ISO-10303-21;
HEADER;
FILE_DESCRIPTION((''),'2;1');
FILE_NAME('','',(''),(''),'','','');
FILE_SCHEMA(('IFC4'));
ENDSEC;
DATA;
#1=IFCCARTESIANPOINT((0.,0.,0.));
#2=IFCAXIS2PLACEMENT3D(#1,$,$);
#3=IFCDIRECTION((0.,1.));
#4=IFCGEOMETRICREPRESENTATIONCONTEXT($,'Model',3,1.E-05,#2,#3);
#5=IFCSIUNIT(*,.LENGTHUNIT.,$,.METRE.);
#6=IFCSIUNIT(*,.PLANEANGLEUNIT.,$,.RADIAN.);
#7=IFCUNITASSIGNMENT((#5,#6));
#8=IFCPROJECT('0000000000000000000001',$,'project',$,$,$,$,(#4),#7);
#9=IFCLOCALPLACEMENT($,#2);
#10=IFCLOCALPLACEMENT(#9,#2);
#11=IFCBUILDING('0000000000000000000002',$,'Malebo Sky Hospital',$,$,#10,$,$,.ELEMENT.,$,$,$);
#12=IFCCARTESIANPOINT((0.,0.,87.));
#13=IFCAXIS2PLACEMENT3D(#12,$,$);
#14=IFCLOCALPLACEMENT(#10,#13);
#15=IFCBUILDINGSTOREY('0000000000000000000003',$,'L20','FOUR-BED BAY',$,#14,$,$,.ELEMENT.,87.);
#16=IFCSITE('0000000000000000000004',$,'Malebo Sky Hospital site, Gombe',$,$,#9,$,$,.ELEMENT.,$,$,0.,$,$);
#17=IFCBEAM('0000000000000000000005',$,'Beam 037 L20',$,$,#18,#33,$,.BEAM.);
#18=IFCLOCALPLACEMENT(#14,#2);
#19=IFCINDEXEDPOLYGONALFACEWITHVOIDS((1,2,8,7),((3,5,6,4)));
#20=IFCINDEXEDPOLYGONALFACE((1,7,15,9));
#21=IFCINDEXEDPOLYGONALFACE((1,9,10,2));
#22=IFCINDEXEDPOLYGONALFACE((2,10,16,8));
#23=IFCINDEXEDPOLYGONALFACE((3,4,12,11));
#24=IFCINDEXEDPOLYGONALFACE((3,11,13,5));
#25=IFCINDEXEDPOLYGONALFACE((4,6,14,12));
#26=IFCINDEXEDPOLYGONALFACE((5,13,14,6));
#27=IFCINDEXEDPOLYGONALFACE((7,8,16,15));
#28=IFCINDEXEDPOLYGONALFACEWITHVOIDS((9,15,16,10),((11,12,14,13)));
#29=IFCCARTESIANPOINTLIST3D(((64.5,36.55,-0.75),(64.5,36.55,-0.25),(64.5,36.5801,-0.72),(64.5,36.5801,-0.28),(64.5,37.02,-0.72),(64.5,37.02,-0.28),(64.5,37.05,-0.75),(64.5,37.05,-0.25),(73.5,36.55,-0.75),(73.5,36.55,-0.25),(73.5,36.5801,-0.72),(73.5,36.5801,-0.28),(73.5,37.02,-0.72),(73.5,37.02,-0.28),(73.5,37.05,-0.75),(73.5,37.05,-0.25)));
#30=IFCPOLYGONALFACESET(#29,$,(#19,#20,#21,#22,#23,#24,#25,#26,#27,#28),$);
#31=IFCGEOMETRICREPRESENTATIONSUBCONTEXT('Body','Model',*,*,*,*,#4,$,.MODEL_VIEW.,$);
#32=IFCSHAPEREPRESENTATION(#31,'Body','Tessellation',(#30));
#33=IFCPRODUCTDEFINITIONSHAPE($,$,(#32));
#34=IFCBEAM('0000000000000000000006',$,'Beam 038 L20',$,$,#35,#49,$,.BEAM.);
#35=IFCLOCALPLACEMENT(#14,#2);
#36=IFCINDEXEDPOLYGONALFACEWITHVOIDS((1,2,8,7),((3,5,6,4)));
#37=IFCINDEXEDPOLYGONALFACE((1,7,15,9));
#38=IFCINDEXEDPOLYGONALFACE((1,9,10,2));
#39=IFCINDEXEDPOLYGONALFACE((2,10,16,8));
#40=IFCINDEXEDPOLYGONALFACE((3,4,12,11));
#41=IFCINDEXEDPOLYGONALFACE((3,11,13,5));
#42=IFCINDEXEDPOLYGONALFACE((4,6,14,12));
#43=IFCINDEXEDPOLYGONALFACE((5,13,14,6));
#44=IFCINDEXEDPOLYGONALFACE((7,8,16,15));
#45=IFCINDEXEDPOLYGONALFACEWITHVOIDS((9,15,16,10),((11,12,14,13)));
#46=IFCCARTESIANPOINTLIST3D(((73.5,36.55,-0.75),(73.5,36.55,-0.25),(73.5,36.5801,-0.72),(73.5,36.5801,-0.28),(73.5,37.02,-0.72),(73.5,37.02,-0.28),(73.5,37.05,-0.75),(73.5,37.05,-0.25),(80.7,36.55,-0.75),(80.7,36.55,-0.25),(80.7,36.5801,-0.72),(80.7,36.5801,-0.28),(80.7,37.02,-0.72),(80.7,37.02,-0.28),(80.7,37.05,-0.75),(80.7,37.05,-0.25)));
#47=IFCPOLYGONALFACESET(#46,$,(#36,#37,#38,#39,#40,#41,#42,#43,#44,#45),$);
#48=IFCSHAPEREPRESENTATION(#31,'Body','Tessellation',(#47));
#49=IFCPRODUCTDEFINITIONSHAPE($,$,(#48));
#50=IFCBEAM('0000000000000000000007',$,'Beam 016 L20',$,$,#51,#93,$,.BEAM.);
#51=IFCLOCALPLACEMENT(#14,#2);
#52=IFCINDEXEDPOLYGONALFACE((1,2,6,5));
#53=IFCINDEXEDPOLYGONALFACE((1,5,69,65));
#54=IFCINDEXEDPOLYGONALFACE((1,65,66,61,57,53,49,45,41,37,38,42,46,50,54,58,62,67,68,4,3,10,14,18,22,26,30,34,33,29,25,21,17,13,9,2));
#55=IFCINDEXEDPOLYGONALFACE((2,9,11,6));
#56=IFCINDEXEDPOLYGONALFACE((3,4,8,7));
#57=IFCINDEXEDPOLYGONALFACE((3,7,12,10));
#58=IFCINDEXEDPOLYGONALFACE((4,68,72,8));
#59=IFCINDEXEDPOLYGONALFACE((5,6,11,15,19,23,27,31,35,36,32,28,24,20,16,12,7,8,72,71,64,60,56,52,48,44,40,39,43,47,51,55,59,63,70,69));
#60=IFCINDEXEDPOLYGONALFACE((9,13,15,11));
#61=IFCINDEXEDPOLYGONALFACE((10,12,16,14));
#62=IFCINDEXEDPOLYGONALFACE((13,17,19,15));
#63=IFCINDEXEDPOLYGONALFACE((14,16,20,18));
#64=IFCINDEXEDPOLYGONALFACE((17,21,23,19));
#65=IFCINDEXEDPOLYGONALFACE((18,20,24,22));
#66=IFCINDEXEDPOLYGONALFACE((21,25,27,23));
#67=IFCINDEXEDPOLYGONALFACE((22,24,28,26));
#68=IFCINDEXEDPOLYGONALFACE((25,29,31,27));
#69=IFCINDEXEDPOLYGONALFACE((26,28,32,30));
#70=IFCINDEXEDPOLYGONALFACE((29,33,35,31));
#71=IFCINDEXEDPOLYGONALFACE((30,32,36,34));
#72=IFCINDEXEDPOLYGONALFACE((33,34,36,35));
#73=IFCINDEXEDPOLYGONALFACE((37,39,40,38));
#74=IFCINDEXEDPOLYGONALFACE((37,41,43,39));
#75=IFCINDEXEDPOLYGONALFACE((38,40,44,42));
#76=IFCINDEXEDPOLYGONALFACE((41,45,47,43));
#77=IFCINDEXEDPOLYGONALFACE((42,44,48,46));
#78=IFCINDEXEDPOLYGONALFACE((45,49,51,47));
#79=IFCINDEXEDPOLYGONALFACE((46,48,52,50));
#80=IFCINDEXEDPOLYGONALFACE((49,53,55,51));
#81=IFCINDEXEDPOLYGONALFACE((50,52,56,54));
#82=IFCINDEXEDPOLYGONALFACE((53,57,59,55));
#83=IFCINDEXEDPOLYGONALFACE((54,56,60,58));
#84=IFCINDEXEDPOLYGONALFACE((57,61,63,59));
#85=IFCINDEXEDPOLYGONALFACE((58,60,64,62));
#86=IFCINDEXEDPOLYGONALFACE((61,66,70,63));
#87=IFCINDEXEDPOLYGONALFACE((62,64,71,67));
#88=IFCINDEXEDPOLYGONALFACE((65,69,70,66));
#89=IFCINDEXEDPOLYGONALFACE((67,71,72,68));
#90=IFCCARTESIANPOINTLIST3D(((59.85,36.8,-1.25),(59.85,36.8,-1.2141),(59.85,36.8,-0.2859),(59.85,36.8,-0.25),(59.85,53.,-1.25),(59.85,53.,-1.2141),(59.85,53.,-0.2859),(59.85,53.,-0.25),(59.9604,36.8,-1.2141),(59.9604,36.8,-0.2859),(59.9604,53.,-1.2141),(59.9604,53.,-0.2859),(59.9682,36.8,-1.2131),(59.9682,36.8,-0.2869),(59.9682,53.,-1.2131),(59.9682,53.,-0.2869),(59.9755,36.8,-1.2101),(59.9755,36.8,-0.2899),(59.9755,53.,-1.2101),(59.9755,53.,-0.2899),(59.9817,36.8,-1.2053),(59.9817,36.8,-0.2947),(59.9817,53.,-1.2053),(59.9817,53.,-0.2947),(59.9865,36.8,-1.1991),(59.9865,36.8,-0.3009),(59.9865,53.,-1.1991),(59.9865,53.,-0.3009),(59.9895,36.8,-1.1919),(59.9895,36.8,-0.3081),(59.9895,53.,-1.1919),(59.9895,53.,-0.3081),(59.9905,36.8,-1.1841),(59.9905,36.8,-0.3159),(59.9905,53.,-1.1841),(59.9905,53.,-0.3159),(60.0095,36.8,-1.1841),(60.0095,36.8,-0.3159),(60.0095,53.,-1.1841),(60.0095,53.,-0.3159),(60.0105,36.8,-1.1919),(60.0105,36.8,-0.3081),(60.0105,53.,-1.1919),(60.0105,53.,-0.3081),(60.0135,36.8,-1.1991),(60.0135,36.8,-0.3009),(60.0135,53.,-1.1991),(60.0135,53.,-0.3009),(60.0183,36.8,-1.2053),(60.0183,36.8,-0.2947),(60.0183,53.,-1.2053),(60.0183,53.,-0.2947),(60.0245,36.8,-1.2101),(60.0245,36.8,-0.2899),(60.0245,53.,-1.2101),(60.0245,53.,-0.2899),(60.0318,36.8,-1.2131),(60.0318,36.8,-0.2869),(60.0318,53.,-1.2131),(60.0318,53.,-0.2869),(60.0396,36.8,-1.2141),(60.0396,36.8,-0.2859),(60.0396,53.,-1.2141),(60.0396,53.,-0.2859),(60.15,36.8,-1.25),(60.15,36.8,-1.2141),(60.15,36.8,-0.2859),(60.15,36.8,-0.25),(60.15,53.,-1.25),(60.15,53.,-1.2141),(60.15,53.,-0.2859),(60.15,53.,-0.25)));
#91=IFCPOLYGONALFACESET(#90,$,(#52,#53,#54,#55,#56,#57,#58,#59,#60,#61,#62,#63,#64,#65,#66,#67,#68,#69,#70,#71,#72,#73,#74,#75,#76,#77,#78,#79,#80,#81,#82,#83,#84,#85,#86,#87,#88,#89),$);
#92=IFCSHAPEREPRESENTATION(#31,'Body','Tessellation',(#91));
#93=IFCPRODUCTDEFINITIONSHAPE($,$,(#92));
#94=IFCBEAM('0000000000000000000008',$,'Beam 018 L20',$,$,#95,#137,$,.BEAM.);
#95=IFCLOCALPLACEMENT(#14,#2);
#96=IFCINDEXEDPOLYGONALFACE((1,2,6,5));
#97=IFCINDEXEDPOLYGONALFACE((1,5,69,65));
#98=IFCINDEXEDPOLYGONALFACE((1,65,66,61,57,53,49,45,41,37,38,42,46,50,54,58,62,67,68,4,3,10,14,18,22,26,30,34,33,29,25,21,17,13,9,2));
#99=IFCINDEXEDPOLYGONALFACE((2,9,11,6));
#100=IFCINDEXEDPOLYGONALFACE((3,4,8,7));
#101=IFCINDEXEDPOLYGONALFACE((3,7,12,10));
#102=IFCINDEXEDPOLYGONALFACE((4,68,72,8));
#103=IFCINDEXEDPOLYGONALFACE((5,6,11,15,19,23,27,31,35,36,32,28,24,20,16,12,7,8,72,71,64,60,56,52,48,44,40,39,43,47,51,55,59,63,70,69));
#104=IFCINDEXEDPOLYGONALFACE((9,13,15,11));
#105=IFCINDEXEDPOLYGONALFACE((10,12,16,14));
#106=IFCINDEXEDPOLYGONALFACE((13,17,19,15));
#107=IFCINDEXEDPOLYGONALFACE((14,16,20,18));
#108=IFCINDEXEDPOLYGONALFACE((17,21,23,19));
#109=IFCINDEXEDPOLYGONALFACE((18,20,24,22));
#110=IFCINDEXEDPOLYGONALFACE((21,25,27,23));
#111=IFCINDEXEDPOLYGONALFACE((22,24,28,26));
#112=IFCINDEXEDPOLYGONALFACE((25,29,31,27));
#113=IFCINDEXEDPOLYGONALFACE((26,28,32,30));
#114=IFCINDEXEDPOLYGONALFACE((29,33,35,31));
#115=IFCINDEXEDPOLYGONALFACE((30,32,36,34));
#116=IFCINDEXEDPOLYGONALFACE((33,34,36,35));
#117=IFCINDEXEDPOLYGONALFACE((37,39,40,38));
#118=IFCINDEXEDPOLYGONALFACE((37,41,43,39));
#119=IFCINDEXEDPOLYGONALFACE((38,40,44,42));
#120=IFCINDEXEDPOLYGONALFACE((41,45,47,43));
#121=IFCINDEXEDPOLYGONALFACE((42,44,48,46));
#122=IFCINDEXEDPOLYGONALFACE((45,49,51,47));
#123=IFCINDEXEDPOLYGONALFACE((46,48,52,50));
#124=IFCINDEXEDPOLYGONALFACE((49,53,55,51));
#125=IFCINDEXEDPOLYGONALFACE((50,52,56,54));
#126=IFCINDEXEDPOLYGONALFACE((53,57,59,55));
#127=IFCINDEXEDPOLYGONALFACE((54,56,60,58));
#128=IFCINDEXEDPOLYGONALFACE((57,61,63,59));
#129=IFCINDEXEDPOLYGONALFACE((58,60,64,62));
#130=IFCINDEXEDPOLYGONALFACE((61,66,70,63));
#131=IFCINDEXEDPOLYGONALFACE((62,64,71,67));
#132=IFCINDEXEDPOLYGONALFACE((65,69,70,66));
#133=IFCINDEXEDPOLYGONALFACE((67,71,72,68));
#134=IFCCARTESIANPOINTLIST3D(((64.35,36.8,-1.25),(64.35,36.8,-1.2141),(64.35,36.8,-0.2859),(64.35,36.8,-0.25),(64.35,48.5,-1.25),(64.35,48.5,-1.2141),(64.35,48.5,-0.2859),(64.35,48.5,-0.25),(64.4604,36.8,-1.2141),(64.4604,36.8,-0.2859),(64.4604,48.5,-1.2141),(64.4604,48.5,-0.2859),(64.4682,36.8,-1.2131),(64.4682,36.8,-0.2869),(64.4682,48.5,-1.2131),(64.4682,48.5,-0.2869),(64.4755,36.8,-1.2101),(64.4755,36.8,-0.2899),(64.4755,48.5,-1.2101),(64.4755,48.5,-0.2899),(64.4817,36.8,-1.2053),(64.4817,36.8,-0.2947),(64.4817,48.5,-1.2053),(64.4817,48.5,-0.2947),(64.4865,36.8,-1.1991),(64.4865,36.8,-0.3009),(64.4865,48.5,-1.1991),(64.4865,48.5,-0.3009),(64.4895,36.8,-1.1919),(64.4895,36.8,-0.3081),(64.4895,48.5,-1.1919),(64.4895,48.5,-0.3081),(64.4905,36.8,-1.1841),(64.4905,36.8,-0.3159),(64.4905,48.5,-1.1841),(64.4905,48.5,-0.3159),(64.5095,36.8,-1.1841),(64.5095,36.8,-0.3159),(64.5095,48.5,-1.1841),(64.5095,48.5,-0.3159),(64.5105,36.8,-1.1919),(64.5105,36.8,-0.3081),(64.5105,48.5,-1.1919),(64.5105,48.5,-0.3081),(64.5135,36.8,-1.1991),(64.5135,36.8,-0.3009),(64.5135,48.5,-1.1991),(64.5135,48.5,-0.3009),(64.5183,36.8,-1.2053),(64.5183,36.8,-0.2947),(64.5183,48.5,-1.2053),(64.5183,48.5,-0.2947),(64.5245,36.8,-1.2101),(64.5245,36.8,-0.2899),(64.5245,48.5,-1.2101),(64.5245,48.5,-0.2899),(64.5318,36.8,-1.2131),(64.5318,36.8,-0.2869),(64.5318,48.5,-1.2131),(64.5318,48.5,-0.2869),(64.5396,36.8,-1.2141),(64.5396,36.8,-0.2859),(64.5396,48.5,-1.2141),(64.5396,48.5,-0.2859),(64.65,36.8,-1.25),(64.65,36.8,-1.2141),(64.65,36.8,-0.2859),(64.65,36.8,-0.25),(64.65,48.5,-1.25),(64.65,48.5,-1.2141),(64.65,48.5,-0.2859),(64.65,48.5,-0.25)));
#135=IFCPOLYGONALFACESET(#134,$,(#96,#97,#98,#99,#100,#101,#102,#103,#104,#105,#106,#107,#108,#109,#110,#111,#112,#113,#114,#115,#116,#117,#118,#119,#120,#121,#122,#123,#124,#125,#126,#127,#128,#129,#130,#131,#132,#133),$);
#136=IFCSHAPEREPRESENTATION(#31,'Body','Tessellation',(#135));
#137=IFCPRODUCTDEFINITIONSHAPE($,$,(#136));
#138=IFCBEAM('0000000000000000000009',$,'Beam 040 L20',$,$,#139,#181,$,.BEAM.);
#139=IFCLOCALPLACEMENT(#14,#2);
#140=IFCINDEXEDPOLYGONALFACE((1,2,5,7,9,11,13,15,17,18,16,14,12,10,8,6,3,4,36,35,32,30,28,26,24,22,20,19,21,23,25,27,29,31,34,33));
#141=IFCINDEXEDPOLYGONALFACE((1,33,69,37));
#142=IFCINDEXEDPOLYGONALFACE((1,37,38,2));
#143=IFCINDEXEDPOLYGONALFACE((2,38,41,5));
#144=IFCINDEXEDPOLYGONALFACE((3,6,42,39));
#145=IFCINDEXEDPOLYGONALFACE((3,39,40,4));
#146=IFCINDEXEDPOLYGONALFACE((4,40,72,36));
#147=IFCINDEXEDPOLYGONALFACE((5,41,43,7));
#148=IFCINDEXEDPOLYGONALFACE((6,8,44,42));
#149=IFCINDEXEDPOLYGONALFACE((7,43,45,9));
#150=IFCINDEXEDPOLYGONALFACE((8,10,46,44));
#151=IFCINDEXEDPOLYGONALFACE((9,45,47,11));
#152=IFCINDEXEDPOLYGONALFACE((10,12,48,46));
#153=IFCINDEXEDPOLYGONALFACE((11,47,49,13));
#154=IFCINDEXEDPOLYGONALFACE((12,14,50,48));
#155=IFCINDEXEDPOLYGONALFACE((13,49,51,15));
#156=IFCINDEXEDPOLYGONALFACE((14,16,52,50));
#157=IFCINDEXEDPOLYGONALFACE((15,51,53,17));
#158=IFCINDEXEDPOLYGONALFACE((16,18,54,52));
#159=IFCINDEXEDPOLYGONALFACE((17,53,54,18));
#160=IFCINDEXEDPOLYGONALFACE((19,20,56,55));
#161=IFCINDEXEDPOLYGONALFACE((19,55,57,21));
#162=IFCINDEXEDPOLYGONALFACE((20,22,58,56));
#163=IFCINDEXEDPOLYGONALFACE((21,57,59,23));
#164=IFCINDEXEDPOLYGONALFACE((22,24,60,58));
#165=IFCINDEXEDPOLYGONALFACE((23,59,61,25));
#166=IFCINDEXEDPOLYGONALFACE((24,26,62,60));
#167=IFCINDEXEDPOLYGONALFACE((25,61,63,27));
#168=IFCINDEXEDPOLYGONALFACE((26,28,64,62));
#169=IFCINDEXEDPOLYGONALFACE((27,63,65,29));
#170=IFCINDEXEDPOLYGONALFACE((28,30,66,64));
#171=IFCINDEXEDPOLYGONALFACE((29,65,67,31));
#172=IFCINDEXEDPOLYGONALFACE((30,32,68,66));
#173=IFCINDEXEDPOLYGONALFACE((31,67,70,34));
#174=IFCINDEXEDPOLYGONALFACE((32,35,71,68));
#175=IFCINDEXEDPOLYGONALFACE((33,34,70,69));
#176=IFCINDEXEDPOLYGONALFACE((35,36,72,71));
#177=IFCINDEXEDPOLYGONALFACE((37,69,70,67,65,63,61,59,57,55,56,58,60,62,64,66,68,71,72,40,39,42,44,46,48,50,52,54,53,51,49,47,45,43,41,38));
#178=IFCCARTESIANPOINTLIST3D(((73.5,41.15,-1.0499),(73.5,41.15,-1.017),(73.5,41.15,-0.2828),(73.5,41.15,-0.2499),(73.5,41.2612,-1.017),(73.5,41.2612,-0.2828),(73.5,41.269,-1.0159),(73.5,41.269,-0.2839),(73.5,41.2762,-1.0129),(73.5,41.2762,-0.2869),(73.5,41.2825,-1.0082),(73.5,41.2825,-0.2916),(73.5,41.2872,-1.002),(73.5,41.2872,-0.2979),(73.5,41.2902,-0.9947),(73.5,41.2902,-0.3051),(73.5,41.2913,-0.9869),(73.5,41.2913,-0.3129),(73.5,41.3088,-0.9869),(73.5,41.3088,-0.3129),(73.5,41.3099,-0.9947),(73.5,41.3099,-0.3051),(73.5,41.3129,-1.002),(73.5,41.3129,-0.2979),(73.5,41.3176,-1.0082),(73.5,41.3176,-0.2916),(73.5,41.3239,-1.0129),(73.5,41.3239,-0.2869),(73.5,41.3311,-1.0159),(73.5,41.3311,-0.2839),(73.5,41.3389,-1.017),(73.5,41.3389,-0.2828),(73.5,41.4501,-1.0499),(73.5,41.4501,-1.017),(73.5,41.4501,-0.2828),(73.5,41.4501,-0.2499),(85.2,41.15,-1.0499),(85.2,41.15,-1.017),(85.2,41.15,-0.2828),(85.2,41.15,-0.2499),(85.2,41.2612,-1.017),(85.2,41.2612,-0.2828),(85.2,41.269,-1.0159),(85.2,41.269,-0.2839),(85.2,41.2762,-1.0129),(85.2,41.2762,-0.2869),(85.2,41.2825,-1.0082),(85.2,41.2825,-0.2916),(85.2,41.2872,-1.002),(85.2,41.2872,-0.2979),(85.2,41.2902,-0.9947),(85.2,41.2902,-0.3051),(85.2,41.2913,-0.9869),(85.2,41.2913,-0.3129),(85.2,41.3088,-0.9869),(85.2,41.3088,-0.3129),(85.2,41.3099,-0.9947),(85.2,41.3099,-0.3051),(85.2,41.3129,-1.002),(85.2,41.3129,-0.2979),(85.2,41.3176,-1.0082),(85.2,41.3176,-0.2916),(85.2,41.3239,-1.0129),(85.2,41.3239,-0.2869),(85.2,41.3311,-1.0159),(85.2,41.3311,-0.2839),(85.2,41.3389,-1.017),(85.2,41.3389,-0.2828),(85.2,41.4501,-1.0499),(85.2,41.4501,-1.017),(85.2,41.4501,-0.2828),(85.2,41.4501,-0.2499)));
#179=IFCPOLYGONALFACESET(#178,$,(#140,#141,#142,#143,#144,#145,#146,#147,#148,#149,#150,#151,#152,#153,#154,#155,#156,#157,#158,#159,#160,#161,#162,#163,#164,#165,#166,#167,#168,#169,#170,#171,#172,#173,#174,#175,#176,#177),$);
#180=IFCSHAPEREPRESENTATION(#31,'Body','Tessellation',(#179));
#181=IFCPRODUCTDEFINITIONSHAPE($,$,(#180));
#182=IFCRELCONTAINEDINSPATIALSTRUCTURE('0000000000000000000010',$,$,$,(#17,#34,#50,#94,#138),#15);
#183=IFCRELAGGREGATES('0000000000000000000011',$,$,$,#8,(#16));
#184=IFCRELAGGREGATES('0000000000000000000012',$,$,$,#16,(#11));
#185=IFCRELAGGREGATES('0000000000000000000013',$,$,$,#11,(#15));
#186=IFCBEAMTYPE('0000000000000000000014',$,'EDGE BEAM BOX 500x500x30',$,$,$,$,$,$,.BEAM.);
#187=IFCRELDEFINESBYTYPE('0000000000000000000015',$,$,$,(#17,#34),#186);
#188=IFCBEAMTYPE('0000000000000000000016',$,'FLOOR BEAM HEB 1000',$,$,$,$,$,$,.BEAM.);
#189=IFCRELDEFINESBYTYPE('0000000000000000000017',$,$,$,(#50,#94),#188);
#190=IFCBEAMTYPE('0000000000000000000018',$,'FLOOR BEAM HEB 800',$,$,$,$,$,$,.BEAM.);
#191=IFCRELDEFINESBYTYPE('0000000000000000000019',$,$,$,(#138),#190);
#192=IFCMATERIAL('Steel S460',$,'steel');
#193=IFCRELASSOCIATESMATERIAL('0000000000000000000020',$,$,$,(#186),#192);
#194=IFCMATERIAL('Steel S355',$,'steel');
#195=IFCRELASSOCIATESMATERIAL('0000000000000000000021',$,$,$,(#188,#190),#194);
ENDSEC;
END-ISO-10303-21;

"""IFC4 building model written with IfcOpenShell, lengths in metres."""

from ifc_helpers import new_model, si_unit, direction, frame, origin, origin_2d, place, context, subcontext, project, spatial, hollow_rectangle, i_section, extrude, material, material_profile, profile_set, type_object, element, save


model = new_model("IFC4")

# Units and contexts
model_context = context("Model", 3, precision=1e-05, world=origin(), true_north=direction((0.0, 1.0)))
body_context = subcontext(model_context, "Body", "Model", "MODEL_VIEW")
ifc_project = project(units=[si_unit("LENGTHUNIT", "METRE"), si_unit("PLANEANGLEUNIT", "RADIAN")], contexts=[model_context])

# Site, building, storey
site_placement = place(None, origin())
site = spatial("IfcSite", under=ifc_project, at=site_placement, Name="Malebo Sky Hospital site, Gombe", CompositionType="ELEMENT", RefElevation=0.0)
building_placement = place(site_placement, origin())
building = spatial("IfcBuilding", under=site, at=building_placement, Name="Malebo Sky Hospital", CompositionType="ELEMENT")
storey_placement = place(building_placement, frame((0.0, 0.0, 87.0)))
storey = spatial("IfcBuildingStorey", under=building, at=storey_placement, Name="L20", Description="FOUR-BED BAY", CompositionType="ELEMENT", Elevation=87.0)

# Shared definitions
ifc_material_1 = material(Name="Steel S460", Category="steel")

# Shared definitions
ifc_material_2 = material(Name="Steel S355", Category="steel")

# Beams
ifc_material_profile_1 = material_profile(ifc_material_1, hollow_rectangle(XDim=0.5, YDim=0.5, WallThickness=0.03, at=origin_2d()), Name="BOX 500x500x30")
ifc_profile_set_1 = profile_set([ifc_material_profile_1], Name="Steel S460")
beam_type_1 = type_object("IfcBeamType", Name="EDGE BEAM BOX 500x500x30", PredefinedType="BEAM", material=ifc_profile_set_1)
beam_1_placement = place(storey_placement, frame((64.5, 36.8, -0.5), z_axis=(1.0, 0.0, 0.0), x_axis=(0.0, 1.0, 0.0)))
element("IfcBeam", 1, at=beam_1_placement, inside=storey, type_object=beam_type_1, Name="Beam 037 L20", PredefinedType="BEAM", context=body_context, shape_type="SweptSolid", body=[
    extrude(hollow_rectangle(XDim=0.5, YDim=0.5, WallThickness=0.03, at=origin_2d()), origin(), (0.0, 0.0, 1.0), 9.0),
])
beam_2_placement = place(storey_placement, frame((73.5, 36.8, -0.5), z_axis=(1.0, 0.0, 0.0), x_axis=(0.0, 1.0, 0.0)))
element("IfcBeam", 2, at=beam_2_placement, inside=storey, type_object=beam_type_1, Name="Beam 038 L20", PredefinedType="BEAM", context=body_context, shape_type="SweptSolid", body=[
    extrude(hollow_rectangle(XDim=0.5, YDim=0.5, WallThickness=0.03, at=origin_2d()), origin(), (0.0, 0.0, 1.0), 7.2),
])
ifc_material_profile_2 = material_profile(ifc_material_2, i_section(OverallWidth=0.3, OverallDepth=1.0, WebThickness=0.019, FlangeThickness=0.0359, FilletRadius=0.03, at=origin_2d()), Name="HEB 1000")
ifc_profile_set_2 = profile_set([ifc_material_profile_2], Name="Steel S355")
beam_type_2 = type_object("IfcBeamType", Name="FLOOR BEAM HEB 1000", PredefinedType="BEAM", material=ifc_profile_set_2)
beam_3_placement = place(storey_placement, frame((60.0, 36.8, -0.75), z_axis=(0.0, 1.0, 0.0), x_axis=(-1.0, 0.0, 0.0)))
element("IfcBeam", 3, at=beam_3_placement, inside=storey, type_object=beam_type_2, Name="Beam 016 L20", PredefinedType="BEAM", context=body_context, shape_type="SweptSolid", body=[
    extrude(i_section(OverallWidth=0.3, OverallDepth=1.0, WebThickness=0.019, FlangeThickness=0.0359, FilletRadius=0.03, at=origin_2d()), origin(), (0.0, 0.0, 1.0), 16.2),
])
beam_4_placement = place(storey_placement, frame((64.5, 36.8, -0.75), z_axis=(0.0, 1.0, 0.0), x_axis=(-1.0, 0.0, 0.0)))
element("IfcBeam", 4, at=beam_4_placement, inside=storey, type_object=beam_type_2, Name="Beam 018 L20", PredefinedType="BEAM", context=body_context, shape_type="SweptSolid", body=[
    extrude(i_section(OverallWidth=0.3, OverallDepth=1.0, WebThickness=0.019, FlangeThickness=0.0359, FilletRadius=0.03, at=origin_2d()), origin(), (0.0, 0.0, 1.0), 11.7),
])
ifc_material_profile_3 = material_profile(ifc_material_2, i_section(OverallWidth=0.3, OverallDepth=0.8, WebThickness=0.0176, FlangeThickness=0.033, FilletRadius=0.03, at=origin_2d()), Name="HEB 800")
ifc_profile_set_3 = profile_set([ifc_material_profile_3], Name="Steel S355")
beam_type_3 = type_object("IfcBeamType", Name="FLOOR BEAM HEB 800", PredefinedType="BEAM", material=ifc_profile_set_3)
beam_5_placement = place(storey_placement, frame((73.5, 41.3, -0.6499), z_axis=(1.0, 0.0, 0.0), x_axis=(0.0, 1.0, 0.0)))
element("IfcBeam", 5, at=beam_5_placement, inside=storey, type_object=beam_type_3, Name="Beam 040 L20", PredefinedType="BEAM", context=body_context, shape_type="SweptSolid", body=[
    extrude(i_section(OverallWidth=0.3, OverallDepth=0.8, WebThickness=0.0176, FlangeThickness=0.033, FilletRadius=0.03, at=origin_2d()), origin(), (0.0, 0.0, 1.0), 11.7),
])

save(model, "model.ifc")
